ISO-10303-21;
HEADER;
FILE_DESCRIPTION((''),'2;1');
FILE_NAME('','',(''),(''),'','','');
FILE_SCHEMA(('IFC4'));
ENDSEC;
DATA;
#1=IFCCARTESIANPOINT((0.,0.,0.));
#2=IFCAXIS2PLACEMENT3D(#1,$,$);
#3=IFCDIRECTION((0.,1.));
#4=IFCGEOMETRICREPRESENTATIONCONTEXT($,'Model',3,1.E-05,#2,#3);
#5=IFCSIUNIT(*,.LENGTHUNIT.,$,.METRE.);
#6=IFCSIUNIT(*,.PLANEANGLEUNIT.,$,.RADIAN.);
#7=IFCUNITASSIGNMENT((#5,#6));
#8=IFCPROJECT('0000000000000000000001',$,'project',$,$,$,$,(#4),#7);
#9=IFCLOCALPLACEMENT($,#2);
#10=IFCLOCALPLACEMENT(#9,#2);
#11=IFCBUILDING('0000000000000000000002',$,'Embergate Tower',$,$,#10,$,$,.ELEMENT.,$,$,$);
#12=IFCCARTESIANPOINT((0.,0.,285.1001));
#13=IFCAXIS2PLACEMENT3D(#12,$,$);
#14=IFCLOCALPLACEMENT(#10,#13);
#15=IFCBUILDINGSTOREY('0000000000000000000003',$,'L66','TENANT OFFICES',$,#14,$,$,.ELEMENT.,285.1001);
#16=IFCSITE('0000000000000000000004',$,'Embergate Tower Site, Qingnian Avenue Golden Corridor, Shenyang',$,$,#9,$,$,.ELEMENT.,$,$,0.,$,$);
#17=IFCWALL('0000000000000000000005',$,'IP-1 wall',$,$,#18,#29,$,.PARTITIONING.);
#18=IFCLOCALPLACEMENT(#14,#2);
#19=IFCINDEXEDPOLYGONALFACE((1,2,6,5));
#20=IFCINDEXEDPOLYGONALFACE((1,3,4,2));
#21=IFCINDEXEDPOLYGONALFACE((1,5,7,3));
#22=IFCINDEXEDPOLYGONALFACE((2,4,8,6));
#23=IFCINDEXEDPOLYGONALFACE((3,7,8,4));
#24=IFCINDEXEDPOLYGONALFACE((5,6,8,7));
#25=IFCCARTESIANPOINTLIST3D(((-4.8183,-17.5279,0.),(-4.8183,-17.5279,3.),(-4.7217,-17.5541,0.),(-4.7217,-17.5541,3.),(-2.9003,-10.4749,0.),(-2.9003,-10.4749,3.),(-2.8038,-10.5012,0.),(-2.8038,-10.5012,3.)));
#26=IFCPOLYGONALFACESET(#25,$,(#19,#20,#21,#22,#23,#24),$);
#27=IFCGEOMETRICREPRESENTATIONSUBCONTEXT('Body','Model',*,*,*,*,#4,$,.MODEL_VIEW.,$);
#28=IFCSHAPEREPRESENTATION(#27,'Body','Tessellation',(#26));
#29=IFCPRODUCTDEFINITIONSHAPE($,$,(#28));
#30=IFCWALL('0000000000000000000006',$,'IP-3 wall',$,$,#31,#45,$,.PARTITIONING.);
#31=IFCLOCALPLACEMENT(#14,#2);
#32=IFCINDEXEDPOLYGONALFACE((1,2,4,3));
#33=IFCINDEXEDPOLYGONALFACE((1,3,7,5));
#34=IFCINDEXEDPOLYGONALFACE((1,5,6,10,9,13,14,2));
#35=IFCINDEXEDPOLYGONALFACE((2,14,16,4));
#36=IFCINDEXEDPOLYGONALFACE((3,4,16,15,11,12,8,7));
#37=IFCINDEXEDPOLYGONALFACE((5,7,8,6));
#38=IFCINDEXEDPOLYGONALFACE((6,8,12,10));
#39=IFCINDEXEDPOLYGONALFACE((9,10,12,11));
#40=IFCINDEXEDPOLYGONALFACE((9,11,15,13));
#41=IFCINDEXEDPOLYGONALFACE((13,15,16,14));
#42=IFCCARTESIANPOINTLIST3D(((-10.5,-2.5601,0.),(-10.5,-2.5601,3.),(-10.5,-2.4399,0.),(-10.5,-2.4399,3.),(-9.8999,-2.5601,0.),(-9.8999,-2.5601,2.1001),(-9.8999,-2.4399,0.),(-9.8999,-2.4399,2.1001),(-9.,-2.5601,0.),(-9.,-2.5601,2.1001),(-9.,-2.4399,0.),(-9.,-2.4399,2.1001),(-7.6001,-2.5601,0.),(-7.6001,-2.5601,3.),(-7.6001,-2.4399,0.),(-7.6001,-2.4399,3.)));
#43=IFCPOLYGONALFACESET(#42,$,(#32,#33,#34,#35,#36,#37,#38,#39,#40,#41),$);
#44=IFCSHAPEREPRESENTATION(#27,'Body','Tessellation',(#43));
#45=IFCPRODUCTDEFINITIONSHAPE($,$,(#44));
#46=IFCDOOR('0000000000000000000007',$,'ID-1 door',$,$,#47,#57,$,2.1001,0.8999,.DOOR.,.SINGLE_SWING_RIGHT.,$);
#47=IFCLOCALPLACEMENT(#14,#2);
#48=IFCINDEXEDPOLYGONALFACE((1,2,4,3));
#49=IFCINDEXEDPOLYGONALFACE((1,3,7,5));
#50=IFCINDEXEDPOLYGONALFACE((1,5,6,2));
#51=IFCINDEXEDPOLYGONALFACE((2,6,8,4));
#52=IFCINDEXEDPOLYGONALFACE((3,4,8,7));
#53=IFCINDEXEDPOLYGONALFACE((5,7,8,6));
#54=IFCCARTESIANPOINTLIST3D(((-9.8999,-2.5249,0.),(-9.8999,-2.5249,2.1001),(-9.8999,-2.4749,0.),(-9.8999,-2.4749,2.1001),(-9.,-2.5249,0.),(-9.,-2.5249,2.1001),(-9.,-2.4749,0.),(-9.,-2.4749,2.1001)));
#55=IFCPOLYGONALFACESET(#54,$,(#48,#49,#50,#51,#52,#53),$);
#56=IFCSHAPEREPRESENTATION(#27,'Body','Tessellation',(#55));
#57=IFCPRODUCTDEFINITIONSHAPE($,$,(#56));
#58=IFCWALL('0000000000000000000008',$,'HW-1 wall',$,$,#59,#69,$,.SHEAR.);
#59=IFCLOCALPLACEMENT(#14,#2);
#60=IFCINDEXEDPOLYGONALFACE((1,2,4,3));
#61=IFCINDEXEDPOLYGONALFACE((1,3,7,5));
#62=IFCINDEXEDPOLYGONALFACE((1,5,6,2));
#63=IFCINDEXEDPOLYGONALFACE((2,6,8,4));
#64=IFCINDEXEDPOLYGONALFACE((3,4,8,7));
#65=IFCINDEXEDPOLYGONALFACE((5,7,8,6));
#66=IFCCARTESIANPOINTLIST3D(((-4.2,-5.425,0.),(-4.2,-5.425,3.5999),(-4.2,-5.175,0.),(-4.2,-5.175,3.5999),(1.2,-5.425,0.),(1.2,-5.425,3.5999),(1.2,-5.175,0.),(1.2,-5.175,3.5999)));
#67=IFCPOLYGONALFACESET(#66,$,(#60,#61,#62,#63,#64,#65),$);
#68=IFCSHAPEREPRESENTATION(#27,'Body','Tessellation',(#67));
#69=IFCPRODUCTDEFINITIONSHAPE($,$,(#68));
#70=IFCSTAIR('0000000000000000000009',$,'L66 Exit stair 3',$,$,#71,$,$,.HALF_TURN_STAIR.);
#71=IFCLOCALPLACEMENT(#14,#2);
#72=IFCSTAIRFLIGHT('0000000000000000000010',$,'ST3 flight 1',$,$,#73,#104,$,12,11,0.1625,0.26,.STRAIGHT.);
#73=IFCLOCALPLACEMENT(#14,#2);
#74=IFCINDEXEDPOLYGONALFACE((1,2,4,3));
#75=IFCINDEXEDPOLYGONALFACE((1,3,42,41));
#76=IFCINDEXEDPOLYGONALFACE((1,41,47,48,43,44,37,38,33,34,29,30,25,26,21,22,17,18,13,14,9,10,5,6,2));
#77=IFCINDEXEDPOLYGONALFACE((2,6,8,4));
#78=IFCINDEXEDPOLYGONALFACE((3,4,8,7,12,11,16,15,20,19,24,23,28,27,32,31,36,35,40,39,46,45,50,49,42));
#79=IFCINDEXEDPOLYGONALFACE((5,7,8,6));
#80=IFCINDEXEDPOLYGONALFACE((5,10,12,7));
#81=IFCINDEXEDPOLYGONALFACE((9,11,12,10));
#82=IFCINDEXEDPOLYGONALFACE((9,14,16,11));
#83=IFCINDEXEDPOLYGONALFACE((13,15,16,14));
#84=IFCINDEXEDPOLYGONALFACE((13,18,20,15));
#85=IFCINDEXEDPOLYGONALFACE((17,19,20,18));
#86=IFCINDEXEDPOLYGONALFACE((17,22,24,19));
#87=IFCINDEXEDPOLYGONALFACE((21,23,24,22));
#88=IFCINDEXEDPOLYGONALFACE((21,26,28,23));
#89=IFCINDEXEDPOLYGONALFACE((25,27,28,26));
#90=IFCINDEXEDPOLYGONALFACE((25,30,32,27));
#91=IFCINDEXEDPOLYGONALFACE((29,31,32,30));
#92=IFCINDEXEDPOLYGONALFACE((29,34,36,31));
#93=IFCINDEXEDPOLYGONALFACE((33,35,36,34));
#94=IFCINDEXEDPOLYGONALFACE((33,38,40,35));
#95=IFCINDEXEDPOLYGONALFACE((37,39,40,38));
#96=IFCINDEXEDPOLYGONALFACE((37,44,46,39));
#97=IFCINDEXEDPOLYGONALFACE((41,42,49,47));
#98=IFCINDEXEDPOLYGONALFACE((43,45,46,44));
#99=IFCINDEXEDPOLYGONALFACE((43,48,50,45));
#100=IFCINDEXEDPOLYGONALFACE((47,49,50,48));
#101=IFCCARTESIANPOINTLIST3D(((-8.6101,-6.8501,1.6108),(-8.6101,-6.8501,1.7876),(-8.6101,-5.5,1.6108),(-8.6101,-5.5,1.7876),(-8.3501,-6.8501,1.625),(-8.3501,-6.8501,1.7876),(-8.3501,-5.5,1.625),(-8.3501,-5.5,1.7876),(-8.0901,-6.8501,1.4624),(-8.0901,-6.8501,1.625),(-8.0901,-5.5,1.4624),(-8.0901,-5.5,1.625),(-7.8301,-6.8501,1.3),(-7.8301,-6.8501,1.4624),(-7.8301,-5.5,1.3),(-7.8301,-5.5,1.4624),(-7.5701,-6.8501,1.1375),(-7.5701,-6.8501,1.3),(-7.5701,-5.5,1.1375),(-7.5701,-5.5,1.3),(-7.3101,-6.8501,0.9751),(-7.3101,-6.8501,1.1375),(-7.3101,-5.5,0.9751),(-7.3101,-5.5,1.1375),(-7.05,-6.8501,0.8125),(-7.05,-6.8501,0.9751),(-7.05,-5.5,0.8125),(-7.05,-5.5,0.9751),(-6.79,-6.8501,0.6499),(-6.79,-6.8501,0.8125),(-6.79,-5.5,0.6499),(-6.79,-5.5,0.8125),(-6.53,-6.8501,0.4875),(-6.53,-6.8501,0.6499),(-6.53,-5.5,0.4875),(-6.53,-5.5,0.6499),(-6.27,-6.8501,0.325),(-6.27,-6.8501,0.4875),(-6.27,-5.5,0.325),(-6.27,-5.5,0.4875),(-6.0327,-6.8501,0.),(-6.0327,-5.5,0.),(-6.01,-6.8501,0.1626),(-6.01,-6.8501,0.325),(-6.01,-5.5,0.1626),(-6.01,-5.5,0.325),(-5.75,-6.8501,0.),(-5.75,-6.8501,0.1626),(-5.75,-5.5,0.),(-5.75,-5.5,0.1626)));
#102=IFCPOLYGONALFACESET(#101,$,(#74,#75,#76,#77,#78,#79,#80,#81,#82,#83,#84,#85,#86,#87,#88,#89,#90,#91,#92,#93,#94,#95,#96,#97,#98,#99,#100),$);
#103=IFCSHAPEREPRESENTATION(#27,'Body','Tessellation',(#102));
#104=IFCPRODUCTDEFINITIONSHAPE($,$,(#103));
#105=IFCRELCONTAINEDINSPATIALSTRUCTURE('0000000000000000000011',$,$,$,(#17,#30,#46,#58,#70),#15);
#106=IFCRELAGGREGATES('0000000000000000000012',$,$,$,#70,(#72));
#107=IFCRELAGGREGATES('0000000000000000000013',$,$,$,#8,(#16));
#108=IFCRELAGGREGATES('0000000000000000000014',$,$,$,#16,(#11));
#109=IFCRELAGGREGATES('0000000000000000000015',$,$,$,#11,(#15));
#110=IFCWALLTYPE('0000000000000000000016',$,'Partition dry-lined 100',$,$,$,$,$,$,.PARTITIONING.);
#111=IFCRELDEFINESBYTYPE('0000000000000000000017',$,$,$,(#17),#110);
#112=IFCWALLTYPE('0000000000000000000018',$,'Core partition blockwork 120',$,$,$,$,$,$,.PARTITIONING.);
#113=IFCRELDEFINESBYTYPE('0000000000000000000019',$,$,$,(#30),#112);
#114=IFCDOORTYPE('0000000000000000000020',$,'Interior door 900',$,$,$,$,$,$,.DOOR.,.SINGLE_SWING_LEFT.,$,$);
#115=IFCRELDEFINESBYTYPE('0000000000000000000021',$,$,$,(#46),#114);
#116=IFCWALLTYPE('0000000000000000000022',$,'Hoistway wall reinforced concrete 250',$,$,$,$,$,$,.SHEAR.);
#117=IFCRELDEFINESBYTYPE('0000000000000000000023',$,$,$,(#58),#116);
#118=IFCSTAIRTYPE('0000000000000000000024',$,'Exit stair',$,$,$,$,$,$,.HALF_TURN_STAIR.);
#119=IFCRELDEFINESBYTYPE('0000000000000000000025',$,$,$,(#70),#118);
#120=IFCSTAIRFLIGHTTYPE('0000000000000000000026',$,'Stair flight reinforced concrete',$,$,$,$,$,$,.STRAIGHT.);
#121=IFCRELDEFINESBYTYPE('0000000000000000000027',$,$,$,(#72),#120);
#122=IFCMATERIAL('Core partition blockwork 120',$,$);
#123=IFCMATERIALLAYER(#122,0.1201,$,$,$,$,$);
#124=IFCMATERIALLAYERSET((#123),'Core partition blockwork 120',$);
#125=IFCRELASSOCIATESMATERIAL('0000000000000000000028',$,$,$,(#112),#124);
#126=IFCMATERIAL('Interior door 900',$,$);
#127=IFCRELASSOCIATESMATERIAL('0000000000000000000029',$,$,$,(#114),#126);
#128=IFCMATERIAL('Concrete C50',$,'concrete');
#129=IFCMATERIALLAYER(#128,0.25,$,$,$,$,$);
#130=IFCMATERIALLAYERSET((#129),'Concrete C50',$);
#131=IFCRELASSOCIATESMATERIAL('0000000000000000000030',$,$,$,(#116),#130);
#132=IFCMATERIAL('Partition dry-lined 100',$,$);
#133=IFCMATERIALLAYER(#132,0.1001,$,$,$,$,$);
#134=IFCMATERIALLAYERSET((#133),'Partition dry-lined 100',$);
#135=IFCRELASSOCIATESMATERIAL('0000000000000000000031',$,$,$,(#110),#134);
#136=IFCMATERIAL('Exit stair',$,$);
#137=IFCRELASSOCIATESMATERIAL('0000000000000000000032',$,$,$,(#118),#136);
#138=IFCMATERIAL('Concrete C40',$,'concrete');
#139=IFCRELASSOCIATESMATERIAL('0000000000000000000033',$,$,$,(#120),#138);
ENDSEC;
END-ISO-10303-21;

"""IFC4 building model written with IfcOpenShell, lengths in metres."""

from ifc_helpers import new_model, si_unit, direction, frame, frame_2d, origin, place, context, subcontext, project, spatial, polyline, rectangle, outline, extrude, source, transform, mapped, material, layer, layer_set, type_object, element, fill, aggregate, save


model = new_model("IFC4")

# Units and contexts
model_context = context("Model", 3, precision=1e-05, world=origin(), true_north=direction((0.0, 1.0)))
body_context = subcontext(model_context, "Body", "Model", "MODEL_VIEW")
ifc_project = project(units=[si_unit("LENGTHUNIT", "METRE"), si_unit("PLANEANGLEUNIT", "RADIAN")], contexts=[model_context])

# Site, building, storey
site_placement = place(None, origin())
site = spatial("IfcSite", under=ifc_project, at=site_placement, Name="Embergate Tower Site, Qingnian Avenue Golden Corridor, Shenyang", CompositionType="ELEMENT", RefElevation=0.0)
building_placement = place(site_placement, origin())
building = spatial("IfcBuilding", under=site, at=building_placement, Name="Embergate Tower", CompositionType="ELEMENT")
storey_placement = place(building_placement, frame((0.0, 0.0, 285.1001)))
storey = spatial("IfcBuildingStorey", under=building, at=storey_placement, Name="L66", Description="TENANT OFFICES", CompositionType="ELEMENT", Elevation=285.1001)

# Shared definitions
ifc_material_1 = material(Name="Core partition blockwork 120")
ifc_layer_1 = layer(ifc_material_1, 0.1201)
ifc_layer_set_1 = layer_set([ifc_layer_1], Name="Core partition blockwork 120")
wall_type_1 = type_object("IfcWallType", Name="Core partition blockwork 120", PredefinedType="PARTITIONING", material=ifc_layer_set_1)
shared_shape_1 = source(origin(), body_context, "Body", "SweptSolid", [
    extrude(rectangle(XDim=0.8999, YDim=2.1001, at=frame_2d((0.45, 1.05))), frame((0.0, 0.0701, 0.0), z_axis=(0.0, -1.0, 0.0), x_axis=(1.0, 0.0, 0.0)), (0.0, 0.0, 1.0), 0.1401),
])
ifc_material_2 = material(Name="Interior door 900")
door_type_1 = type_object("IfcDoorType", Name="Interior door 900", OperationType="SINGLE_SWING_LEFT", PredefinedType="DOOR", material=ifc_material_2)
shared_shape_2 = source(origin(), body_context, "Body", "SweptSolid", [
    extrude(rectangle(XDim=0.8999, YDim=2.1001, at=frame_2d((0.45, 1.05))), frame((0.0, 0.0249, 0.0), z_axis=(0.0, -1.0, 0.0), x_axis=(1.0, 0.0, 0.0)), (0.0, 0.0, 1.0), 0.05),
])

# Shared definitions
ifc_material_3 = material(Name="Concrete C50", Category="concrete")
ifc_layer_2 = layer(ifc_material_3, 0.25)
ifc_layer_set_2 = layer_set([ifc_layer_2], Name="Concrete C50")
wall_type_2 = type_object("IfcWallType", Name="Hoistway wall reinforced concrete 250", PredefinedType="SHEAR", material=ifc_layer_set_2)

# Wall
ifc_material_4 = material(Name="Partition dry-lined 100")
ifc_layer_3 = layer(ifc_material_4, 0.1001)
ifc_layer_set_3 = layer_set([ifc_layer_3], Name="Partition dry-lined 100")
wall_type_3 = type_object("IfcWallType", Name="Partition dry-lined 100", PredefinedType="PARTITIONING", material=ifc_layer_set_3)
shared_shape_3 = source(origin(), body_context, "Body", "SweptSolid", [
    extrude(rectangle(XDim=7.3091, YDim=0.1001, at=frame_2d((3.6545, 0.0))), origin(), (0.0, 0.0, 1.0), 3.0),
])
wall_1_placement = place(storey_placement, frame((-2.8521, -10.488, 0.0), z_axis=(0.0, 0.0, 1.0), x_axis=(-0.262408, -0.964957, 0.0)))
element("IfcWall", 1, at=wall_1_placement, inside=storey, type_object=wall_type_3, Name="IP-1 wall", PredefinedType="PARTITIONING", context=body_context, shape_type="MappedRepresentation", body=[
    mapped(shared_shape_3, transform((0.0, 0.0, 0.0))),
])

# Wall, opening, door
shared_shape_4 = source(origin(), body_context, "Body", "SweptSolid", [
    extrude(rectangle(XDim=2.8999, YDim=0.1201, at=frame_2d((1.45, 0.0))), origin(), (0.0, 0.0, 1.0), 3.0),
])
wall_2_placement = place(storey_placement, frame((-7.6001, -2.5, 0.0), z_axis=(0.0, 0.0, 1.0), x_axis=(-1.0, 0.0, 0.0)))
wall_2 = element("IfcWall", 2, at=wall_2_placement, inside=storey, type_object=wall_type_1, Name="IP-3 wall", PredefinedType="PARTITIONING", context=body_context, shape_type="MappedRepresentation", body=[
    mapped(shared_shape_4, transform((0.0, 0.0, 0.0))),
])
opening_1_placement = place(wall_2_placement, frame((1.3999, 0.0, 0.0)))
opening_1 = element("IfcOpeningElement", 3, at=opening_1_placement, cuts=wall_2, PredefinedType="OPENING", context=body_context, shape_type="MappedRepresentation", body=[
    mapped(shared_shape_1, transform((0.0, 0.0, 0.0))),
])
door_1_placement = place(opening_1_placement, origin())
door_1 = element("IfcDoor", 4, at=door_1_placement, inside=storey, type_object=door_type_1, Name="ID-1 door", OperationType="SINGLE_SWING_RIGHT", OverallHeight=2.1001, OverallWidth=0.8999, PredefinedType="DOOR", context=body_context, shape_type="MappedRepresentation", body=[
    mapped(shared_shape_2, transform((0.0, 0.0, 0.0))),
])
fill(opening_1, door_1)

# Wall
shared_shape_5 = source(origin(), body_context, "Body", "SweptSolid", [
    extrude(rectangle(XDim=5.3999, YDim=0.25, at=frame_2d((2.7, 0.0))), origin(), (0.0, 0.0, 1.0), 3.5999),
])
wall_3_placement = place(storey_placement, frame((-4.2, -5.3, 0.0), z_axis=(0.0, 0.0, 1.0), x_axis=(1.0, 0.0, 0.0)))
element("IfcWall", 5, at=wall_3_placement, inside=storey, type_object=wall_type_2, Name="HW-1 wall", PredefinedType="SHEAR", context=body_context, shape_type="MappedRepresentation", body=[
    mapped(shared_shape_5, transform((0.0, 0.0, 0.0))),
])

# Stair, stair flight
ifc_material_5 = material(Name="Exit stair")
stair_type = type_object("IfcStairType", Name="Exit stair", PredefinedType="HALF_TURN_STAIR", material=ifc_material_5)
stair_placement = place(storey_placement, origin())
stair = element("IfcStair", 6, at=stair_placement, inside=storey, type_object=stair_type, Name="L66 Exit stair 3", PredefinedType="HALF_TURN_STAIR")
ifc_material_6 = material(Name="Concrete C40", Category="concrete")
stair_flight_type = type_object("IfcStairFlightType", Name="Stair flight reinforced concrete", PredefinedType="STRAIGHT", material=ifc_material_6)
shared_shape_6 = source(origin(), body_context, "Body", "SweptSolid", [
    extrude(outline(polyline([(0.0, 0.0), (0.0, 0.1626), (0.26, 0.1626), (0.26, 0.325), (0.52, 0.325), (0.52, 0.4875), (0.78, 0.4875), (0.78, 0.6499), (1.04, 0.6499), (1.04, 0.8125), (1.3, 0.8125), (1.3, 0.9751), (1.5601, 0.9751), (1.5601, 1.1375), (1.8201, 1.1375), (1.8201, 1.3), (2.0801, 1.3), (2.0801, 1.4624), (2.3401, 1.4624), (2.3401, 1.625), (2.6001, 1.625), (2.6001, 1.7876), (2.8601, 1.7876), (2.8601, 1.95), (2.8601, 1.6108), (0.2827, 0.0), (0.0, 0.0)])), frame((0.0, 0.675, 0.0), z_axis=(0.0, -1.0, 0.0), x_axis=(1.0, 0.0, 0.0)), (0.0, 0.0, 1.0), 1.3501),
])
stair_flight_placement = place(storey_placement, frame((-5.75, -6.175, 0.0), z_axis=(0.0, 0.0, 1.0), x_axis=(-1.0, 0.0, 0.0)))
stair_flight = element("IfcStairFlight", 7, at=stair_flight_placement, type_object=stair_flight_type, Name="ST3 flight 1", NumberOfRisers=12, NumberOfTreads=11, PredefinedType="STRAIGHT", RiserHeight=0.1625, TreadLength=0.26, context=body_context, shape_type="MappedRepresentation", body=[
    mapped(shared_shape_6, transform((0.0, 0.0, 0.0))),
])
aggregate(stair, [stair_flight])

save(model, "model.ifc")
